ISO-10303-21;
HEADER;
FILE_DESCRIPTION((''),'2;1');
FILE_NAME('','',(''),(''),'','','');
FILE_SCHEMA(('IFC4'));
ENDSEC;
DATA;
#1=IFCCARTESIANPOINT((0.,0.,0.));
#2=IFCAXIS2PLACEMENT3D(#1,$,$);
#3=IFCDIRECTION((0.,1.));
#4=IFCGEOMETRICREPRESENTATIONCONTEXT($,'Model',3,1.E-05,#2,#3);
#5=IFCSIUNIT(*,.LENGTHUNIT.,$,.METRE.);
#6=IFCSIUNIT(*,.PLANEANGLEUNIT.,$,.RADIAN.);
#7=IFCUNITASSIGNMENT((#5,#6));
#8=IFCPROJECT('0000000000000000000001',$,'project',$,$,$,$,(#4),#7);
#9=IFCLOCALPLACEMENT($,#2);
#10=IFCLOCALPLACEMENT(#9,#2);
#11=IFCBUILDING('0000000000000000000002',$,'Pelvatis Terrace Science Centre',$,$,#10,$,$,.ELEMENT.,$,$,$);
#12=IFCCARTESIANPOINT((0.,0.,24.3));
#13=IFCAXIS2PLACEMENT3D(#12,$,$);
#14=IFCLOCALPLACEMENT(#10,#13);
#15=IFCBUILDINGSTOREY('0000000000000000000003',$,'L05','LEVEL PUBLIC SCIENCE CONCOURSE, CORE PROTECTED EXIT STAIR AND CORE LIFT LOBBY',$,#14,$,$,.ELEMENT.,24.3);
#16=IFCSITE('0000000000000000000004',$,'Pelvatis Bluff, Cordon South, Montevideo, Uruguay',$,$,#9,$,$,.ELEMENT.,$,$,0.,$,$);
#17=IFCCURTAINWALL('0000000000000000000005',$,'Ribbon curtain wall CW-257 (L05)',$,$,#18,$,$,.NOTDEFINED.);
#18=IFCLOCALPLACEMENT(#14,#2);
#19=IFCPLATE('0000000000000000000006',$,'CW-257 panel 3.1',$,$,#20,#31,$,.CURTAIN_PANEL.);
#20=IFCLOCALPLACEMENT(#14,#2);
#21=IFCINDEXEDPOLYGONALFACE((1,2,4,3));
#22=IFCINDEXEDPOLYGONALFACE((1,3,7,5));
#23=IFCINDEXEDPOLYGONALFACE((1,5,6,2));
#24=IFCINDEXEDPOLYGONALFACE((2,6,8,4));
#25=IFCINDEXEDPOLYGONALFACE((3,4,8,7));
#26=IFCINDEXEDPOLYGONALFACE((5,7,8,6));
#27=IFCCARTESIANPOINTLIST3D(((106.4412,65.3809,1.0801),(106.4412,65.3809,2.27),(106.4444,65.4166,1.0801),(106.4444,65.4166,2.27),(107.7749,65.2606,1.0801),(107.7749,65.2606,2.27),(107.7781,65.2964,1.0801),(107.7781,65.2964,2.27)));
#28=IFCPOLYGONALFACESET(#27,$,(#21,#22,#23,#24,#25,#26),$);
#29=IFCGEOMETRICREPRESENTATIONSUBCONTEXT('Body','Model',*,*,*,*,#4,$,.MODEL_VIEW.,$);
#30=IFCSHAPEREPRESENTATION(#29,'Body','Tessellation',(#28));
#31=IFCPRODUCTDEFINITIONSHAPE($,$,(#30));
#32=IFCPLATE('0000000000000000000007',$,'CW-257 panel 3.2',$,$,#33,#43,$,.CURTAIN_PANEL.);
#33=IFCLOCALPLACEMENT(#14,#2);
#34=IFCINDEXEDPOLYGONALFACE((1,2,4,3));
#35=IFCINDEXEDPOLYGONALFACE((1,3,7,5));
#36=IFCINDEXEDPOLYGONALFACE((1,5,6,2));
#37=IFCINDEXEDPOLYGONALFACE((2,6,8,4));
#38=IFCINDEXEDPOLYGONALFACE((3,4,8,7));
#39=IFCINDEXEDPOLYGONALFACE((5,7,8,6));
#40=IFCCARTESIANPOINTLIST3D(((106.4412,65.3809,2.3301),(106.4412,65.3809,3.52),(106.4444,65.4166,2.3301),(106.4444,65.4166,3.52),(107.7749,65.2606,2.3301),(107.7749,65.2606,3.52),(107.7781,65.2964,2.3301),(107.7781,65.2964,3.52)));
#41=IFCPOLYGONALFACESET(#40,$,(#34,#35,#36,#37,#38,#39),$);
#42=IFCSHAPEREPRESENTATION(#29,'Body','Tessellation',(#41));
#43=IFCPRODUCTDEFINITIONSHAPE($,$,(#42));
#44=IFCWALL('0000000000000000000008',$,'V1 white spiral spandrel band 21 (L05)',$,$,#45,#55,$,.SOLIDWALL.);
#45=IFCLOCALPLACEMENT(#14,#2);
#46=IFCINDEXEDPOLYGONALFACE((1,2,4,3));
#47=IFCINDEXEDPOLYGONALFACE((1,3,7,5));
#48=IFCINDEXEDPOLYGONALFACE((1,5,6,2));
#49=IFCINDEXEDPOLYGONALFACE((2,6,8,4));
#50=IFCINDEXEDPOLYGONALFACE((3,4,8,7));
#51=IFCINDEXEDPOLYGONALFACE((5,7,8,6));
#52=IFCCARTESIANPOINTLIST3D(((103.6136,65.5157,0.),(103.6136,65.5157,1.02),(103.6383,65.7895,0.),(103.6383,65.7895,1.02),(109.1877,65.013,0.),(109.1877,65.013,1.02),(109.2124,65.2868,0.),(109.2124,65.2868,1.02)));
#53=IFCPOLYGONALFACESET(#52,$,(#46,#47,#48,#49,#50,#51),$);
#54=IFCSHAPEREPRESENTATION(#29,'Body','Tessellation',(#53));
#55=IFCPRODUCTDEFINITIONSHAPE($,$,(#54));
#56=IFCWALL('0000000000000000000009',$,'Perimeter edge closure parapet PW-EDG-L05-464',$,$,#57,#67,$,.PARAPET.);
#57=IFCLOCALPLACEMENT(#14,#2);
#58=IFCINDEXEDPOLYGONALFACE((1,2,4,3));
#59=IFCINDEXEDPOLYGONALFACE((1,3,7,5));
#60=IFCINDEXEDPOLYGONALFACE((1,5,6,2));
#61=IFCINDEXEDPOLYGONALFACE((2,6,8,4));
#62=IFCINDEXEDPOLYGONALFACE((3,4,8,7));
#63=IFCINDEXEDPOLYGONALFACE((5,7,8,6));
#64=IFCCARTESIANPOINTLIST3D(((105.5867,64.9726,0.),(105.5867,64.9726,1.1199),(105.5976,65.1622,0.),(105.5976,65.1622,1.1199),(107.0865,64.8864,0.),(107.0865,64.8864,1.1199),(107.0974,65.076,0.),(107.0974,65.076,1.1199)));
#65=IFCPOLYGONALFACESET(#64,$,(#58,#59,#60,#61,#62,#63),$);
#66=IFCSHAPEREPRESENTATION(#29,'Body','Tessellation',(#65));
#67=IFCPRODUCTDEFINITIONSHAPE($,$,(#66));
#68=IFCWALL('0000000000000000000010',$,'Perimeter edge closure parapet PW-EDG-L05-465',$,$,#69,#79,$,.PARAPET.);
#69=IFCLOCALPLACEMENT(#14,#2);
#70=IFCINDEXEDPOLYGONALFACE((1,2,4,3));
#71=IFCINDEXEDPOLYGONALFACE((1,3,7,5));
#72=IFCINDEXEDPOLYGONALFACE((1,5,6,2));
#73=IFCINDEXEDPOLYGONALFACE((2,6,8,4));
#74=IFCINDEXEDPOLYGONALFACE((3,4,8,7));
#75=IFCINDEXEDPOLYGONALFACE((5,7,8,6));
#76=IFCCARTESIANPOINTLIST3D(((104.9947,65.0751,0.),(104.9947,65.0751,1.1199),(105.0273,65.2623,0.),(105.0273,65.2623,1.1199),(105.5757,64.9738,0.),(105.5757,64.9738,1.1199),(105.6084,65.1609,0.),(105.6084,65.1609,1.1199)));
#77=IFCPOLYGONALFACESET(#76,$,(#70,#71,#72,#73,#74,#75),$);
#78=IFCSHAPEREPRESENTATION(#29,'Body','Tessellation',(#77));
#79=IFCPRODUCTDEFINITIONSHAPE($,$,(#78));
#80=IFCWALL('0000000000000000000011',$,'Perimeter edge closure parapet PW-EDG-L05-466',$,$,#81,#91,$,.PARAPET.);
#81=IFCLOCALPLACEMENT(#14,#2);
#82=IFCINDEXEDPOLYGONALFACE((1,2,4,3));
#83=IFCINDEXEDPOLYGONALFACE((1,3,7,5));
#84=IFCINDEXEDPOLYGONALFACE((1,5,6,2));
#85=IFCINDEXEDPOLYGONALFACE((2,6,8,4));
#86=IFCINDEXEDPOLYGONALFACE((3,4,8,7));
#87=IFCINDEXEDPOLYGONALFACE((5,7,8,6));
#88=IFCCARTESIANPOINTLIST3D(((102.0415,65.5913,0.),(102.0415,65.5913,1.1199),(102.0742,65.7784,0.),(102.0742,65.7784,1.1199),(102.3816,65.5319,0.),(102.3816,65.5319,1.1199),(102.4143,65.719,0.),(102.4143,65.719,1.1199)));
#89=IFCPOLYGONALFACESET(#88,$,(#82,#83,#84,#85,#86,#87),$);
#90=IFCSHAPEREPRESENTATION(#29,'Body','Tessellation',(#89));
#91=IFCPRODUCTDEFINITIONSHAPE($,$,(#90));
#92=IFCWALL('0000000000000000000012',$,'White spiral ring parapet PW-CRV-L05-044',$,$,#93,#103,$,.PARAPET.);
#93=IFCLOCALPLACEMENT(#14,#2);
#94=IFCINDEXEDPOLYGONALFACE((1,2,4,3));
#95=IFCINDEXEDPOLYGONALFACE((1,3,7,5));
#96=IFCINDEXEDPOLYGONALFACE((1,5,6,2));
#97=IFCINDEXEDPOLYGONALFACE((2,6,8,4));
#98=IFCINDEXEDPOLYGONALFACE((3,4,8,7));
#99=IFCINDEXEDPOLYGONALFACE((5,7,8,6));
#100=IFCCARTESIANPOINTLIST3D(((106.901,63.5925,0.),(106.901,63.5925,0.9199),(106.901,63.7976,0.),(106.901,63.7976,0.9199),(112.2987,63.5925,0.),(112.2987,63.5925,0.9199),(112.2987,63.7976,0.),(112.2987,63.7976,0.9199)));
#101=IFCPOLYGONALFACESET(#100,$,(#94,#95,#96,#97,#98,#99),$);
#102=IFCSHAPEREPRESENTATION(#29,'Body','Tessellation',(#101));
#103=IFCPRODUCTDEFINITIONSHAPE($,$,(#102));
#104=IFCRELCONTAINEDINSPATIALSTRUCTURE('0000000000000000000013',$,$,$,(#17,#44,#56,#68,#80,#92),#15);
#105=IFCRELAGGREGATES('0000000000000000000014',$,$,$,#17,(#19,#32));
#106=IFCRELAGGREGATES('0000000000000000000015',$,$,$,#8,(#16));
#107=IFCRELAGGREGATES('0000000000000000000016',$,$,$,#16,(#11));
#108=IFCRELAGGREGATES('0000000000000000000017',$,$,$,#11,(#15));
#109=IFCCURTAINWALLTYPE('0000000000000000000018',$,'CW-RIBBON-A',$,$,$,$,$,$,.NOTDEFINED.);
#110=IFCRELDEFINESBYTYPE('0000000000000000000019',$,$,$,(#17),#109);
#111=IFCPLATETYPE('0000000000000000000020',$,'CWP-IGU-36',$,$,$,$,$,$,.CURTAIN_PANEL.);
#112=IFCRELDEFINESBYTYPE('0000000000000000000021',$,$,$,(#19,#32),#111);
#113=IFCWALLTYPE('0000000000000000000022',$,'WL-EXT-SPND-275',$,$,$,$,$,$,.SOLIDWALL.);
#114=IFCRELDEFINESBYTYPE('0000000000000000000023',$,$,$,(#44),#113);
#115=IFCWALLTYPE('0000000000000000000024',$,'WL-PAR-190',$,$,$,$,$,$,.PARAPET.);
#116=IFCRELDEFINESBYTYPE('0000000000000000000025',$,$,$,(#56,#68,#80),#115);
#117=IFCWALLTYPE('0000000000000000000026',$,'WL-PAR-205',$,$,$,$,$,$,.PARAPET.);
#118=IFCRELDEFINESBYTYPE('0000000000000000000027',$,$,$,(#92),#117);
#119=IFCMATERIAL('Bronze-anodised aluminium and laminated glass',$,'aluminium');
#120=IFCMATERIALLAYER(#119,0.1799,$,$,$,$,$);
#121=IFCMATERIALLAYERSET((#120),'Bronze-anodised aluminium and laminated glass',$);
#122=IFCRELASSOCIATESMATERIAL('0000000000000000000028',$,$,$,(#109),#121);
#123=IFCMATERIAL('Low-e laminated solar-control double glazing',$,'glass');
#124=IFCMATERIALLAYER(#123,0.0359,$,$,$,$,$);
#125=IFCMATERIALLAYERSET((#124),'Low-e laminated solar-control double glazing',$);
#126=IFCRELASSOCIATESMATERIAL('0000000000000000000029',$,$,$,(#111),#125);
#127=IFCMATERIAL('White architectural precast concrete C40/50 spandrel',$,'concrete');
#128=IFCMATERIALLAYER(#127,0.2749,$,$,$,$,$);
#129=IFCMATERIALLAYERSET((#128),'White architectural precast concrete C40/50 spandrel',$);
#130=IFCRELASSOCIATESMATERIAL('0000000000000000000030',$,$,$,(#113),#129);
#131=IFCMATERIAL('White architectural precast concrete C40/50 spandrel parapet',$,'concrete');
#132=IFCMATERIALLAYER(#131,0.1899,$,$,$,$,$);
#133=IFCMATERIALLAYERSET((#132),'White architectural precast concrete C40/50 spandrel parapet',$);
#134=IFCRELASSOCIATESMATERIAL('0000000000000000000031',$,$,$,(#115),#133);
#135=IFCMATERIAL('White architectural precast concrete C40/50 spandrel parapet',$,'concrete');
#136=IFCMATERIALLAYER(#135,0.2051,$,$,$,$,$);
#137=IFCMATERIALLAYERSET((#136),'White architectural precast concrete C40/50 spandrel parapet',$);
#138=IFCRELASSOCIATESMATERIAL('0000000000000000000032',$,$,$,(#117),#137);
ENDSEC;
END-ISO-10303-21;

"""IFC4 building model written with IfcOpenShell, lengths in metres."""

from ifc_helpers import new_model, si_unit, direction, frame, frame_2d, origin, origin_2d, place, context, subcontext, project, spatial, rectangle, extrude, material, layer, layer_set, type_object, element, aggregate, save


model = new_model("IFC4")

# Units and contexts
model_context = context("Model", 3, precision=1e-05, world=origin(), true_north=direction((0.0, 1.0)))
body_context = subcontext(model_context, "Body", "Model", "MODEL_VIEW")
ifc_project = project(units=[si_unit("LENGTHUNIT", "METRE"), si_unit("PLANEANGLEUNIT", "RADIAN")], contexts=[model_context])

# Site, building, storey
site_placement = place(None, origin())
site = spatial("IfcSite", under=ifc_project, at=site_placement, Name="Pelvatis Bluff, Cordon South, Montevideo, Uruguay", CompositionType="ELEMENT", RefElevation=0.0)
building_placement = place(site_placement, origin())
building = spatial("IfcBuilding", under=site, at=building_placement, Name="Pelvatis Terrace Science Centre", CompositionType="ELEMENT")
storey_placement = place(building_placement, frame((0.0, 0.0, 24.3)))
storey = spatial("IfcBuildingStorey", under=building, at=storey_placement, Name="L05", Description="LEVEL PUBLIC SCIENCE CONCOURSE, CORE PROTECTED EXIT STAIR AND CORE LIFT LOBBY", CompositionType="ELEMENT", Elevation=24.3)

# Shared definitions
ifc_material_1 = material(Name="Bronze-anodised aluminium and laminated glass", Category="aluminium")
ifc_layer_1 = layer(ifc_material_1, 0.1799)
ifc_layer_set_1 = layer_set([ifc_layer_1], Name="Bronze-anodised aluminium and laminated glass")
curtain_wall_type = type_object("IfcCurtainWallType", Name="CW-RIBBON-A", PredefinedType="NOTDEFINED", material=ifc_layer_set_1)

# Curtain wall
curtain_wall_1_placement = place(storey_placement, origin())
curtain_wall_1 = element("IfcCurtainWall", 1, at=curtain_wall_1_placement, inside=storey, type_object=curtain_wall_type, Name="Ribbon curtain wall CW-257 (L05)", PredefinedType="NOTDEFINED")

# Plates
ifc_material_2 = material(Name="Low-e laminated solar-control double glazing", Category="glass")
ifc_layer_2 = layer(ifc_material_2, 0.0359)
ifc_layer_set_2 = layer_set([ifc_layer_2], Name="Low-e laminated solar-control double glazing")
plate_type = type_object("IfcPlateType", Name="CWP-IGU-36", PredefinedType="CURTAIN_PANEL", material=ifc_layer_set_2)
plate_1_placement = place(storey_placement, frame((107.1096, 65.3386, 1.0801), z_axis=(0.0, 0.0, 1.0), x_axis=(0.995958, -0.08982, 0.0)))
plate_1 = element("IfcPlate", 2, at=plate_1_placement, type_object=plate_type, Name="CW-257 panel 3.1", PredefinedType="CURTAIN_PANEL", context=body_context, shape_type="SweptSolid", body=[
    extrude(rectangle(XDim=1.3391, YDim=0.0359, at=origin_2d()), origin(), (0.0, 0.0, 1.0), 1.1899),
])
plate_2_placement = place(storey_placement, frame((107.1096, 65.3386, 2.3301), z_axis=(0.0, 0.0, 1.0), x_axis=(0.995958, -0.08982, 0.0)))
plate_2 = element("IfcPlate", 3, at=plate_2_placement, type_object=plate_type, Name="CW-257 panel 3.2", PredefinedType="CURTAIN_PANEL", context=body_context, shape_type="SweptSolid", body=[
    extrude(rectangle(XDim=1.3391, YDim=0.0359, at=origin_2d()), origin(), (0.0, 0.0, 1.0), 1.1899),
])
aggregate(curtain_wall_1, [plate_1, plate_2])

# Walls
ifc_material_3 = material(Name="White architectural precast concrete C40/50 spandrel", Category="concrete")
ifc_layer_3 = layer(ifc_material_3, 0.2749)
ifc_layer_set_3 = layer_set([ifc_layer_3], Name="White architectural precast concrete C40/50 spandrel")
wall_type_1 = type_object("IfcWallType", Name="WL-EXT-SPND-275", PredefinedType="SOLIDWALL", material=ifc_layer_set_3)
wall_1_placement = place(storey_placement, frame((103.626, 65.6526, 0.0), z_axis=(0.0, 0.0, 1.0), x_axis=(0.995958, -0.08982, 0.0)))
element("IfcWall", 4, at=wall_1_placement, inside=storey, type_object=wall_type_1, Name="V1 white spiral spandrel band 21 (L05)", PredefinedType="SOLIDWALL", context=body_context, shape_type="SweptSolid", body=[
    extrude(rectangle(XDim=5.5967, YDim=0.2749, at=frame_2d((2.7983, 0.0))), origin(), (0.0, 0.0, 1.0), 1.02),
])
ifc_material_4 = material(Name="White architectural precast concrete C40/50 spandrel parapet", Category="concrete")
ifc_layer_4 = layer(ifc_material_4, 0.1899)
ifc_layer_set_4 = layer_set([ifc_layer_4], Name="White architectural precast concrete C40/50 spandrel parapet")
wall_type_2 = type_object("IfcWallType", Name="WL-PAR-190", PredefinedType="PARAPET", material=ifc_layer_set_4)
wall_2_placement = place(storey_placement, frame((107.0918, 64.9812, 0.0), z_axis=(0.0, 0.0, 1.0), x_axis=(-0.998353, 0.057369, 0.0)))
element("IfcWall", 5, at=wall_2_placement, inside=storey, type_object=wall_type_2, Name="Perimeter edge closure parapet PW-EDG-L05-464", PredefinedType="PARAPET", context=body_context, shape_type="SweptSolid", body=[
    extrude(rectangle(XDim=1.5022, YDim=0.1899, at=frame_2d((0.751, 0.0))), origin(), (0.0, 0.0, 1.0), 1.1199),
])
wall_3_placement = place(storey_placement, frame((105.592, 65.0674, 0.0), z_axis=(0.0, 0.0, 1.0), x_axis=(-0.985136, 0.171778, 0.0)))
element("IfcWall", 6, at=wall_3_placement, inside=storey, type_object=wall_type_2, Name="Perimeter edge closure parapet PW-EDG-L05-465", PredefinedType="PARAPET", context=body_context, shape_type="SweptSolid", body=[
    extrude(rectangle(XDim=0.5898, YDim=0.1899, at=frame_2d((0.2949, 0.0))), origin(), (0.0, 0.0, 1.0), 1.1199),
])
wall_4_placement = place(storey_placement, frame((102.3979, 65.6255, 0.0), z_axis=(0.0, 0.0, 1.0), x_axis=(-0.985123, 0.171849, 0.0)))
element("IfcWall", 7, at=wall_4_placement, inside=storey, type_object=wall_type_2, Name="Perimeter edge closure parapet PW-EDG-L05-466", PredefinedType="PARAPET", context=body_context, shape_type="SweptSolid", body=[
    extrude(rectangle(XDim=0.3452, YDim=0.1899, at=frame_2d((0.1726, 0.0))), origin(), (0.0, 0.0, 1.0), 1.1199),
])
ifc_material_5 = material(Name="White architectural precast concrete C40/50 spandrel parapet", Category="concrete")
ifc_layer_5 = layer(ifc_material_5, 0.2051)
ifc_layer_set_5 = layer_set([ifc_layer_5], Name="White architectural precast concrete C40/50 spandrel parapet")
wall_type_3 = type_object("IfcWallType", Name="WL-PAR-205", PredefinedType="PARAPET", material=ifc_layer_set_5)
wall_5_placement = place(storey_placement, frame((106.9011, 63.6951, 0.0), z_axis=(0.0, 0.0, 1.0), x_axis=(1.0, 0.0, 0.0)))
element("IfcWall", 8, at=wall_5_placement, inside=storey, type_object=wall_type_3, Name="White spiral ring parapet PW-CRV-L05-044", PredefinedType="PARAPET", context=body_context, shape_type="SweptSolid", body=[
    extrude(rectangle(XDim=5.3977, YDim=0.2051, at=frame_2d((2.6987, 0.0))), origin(), (0.0, 0.0, 1.0), 0.9199),
])

save(model, "model.ifc")
